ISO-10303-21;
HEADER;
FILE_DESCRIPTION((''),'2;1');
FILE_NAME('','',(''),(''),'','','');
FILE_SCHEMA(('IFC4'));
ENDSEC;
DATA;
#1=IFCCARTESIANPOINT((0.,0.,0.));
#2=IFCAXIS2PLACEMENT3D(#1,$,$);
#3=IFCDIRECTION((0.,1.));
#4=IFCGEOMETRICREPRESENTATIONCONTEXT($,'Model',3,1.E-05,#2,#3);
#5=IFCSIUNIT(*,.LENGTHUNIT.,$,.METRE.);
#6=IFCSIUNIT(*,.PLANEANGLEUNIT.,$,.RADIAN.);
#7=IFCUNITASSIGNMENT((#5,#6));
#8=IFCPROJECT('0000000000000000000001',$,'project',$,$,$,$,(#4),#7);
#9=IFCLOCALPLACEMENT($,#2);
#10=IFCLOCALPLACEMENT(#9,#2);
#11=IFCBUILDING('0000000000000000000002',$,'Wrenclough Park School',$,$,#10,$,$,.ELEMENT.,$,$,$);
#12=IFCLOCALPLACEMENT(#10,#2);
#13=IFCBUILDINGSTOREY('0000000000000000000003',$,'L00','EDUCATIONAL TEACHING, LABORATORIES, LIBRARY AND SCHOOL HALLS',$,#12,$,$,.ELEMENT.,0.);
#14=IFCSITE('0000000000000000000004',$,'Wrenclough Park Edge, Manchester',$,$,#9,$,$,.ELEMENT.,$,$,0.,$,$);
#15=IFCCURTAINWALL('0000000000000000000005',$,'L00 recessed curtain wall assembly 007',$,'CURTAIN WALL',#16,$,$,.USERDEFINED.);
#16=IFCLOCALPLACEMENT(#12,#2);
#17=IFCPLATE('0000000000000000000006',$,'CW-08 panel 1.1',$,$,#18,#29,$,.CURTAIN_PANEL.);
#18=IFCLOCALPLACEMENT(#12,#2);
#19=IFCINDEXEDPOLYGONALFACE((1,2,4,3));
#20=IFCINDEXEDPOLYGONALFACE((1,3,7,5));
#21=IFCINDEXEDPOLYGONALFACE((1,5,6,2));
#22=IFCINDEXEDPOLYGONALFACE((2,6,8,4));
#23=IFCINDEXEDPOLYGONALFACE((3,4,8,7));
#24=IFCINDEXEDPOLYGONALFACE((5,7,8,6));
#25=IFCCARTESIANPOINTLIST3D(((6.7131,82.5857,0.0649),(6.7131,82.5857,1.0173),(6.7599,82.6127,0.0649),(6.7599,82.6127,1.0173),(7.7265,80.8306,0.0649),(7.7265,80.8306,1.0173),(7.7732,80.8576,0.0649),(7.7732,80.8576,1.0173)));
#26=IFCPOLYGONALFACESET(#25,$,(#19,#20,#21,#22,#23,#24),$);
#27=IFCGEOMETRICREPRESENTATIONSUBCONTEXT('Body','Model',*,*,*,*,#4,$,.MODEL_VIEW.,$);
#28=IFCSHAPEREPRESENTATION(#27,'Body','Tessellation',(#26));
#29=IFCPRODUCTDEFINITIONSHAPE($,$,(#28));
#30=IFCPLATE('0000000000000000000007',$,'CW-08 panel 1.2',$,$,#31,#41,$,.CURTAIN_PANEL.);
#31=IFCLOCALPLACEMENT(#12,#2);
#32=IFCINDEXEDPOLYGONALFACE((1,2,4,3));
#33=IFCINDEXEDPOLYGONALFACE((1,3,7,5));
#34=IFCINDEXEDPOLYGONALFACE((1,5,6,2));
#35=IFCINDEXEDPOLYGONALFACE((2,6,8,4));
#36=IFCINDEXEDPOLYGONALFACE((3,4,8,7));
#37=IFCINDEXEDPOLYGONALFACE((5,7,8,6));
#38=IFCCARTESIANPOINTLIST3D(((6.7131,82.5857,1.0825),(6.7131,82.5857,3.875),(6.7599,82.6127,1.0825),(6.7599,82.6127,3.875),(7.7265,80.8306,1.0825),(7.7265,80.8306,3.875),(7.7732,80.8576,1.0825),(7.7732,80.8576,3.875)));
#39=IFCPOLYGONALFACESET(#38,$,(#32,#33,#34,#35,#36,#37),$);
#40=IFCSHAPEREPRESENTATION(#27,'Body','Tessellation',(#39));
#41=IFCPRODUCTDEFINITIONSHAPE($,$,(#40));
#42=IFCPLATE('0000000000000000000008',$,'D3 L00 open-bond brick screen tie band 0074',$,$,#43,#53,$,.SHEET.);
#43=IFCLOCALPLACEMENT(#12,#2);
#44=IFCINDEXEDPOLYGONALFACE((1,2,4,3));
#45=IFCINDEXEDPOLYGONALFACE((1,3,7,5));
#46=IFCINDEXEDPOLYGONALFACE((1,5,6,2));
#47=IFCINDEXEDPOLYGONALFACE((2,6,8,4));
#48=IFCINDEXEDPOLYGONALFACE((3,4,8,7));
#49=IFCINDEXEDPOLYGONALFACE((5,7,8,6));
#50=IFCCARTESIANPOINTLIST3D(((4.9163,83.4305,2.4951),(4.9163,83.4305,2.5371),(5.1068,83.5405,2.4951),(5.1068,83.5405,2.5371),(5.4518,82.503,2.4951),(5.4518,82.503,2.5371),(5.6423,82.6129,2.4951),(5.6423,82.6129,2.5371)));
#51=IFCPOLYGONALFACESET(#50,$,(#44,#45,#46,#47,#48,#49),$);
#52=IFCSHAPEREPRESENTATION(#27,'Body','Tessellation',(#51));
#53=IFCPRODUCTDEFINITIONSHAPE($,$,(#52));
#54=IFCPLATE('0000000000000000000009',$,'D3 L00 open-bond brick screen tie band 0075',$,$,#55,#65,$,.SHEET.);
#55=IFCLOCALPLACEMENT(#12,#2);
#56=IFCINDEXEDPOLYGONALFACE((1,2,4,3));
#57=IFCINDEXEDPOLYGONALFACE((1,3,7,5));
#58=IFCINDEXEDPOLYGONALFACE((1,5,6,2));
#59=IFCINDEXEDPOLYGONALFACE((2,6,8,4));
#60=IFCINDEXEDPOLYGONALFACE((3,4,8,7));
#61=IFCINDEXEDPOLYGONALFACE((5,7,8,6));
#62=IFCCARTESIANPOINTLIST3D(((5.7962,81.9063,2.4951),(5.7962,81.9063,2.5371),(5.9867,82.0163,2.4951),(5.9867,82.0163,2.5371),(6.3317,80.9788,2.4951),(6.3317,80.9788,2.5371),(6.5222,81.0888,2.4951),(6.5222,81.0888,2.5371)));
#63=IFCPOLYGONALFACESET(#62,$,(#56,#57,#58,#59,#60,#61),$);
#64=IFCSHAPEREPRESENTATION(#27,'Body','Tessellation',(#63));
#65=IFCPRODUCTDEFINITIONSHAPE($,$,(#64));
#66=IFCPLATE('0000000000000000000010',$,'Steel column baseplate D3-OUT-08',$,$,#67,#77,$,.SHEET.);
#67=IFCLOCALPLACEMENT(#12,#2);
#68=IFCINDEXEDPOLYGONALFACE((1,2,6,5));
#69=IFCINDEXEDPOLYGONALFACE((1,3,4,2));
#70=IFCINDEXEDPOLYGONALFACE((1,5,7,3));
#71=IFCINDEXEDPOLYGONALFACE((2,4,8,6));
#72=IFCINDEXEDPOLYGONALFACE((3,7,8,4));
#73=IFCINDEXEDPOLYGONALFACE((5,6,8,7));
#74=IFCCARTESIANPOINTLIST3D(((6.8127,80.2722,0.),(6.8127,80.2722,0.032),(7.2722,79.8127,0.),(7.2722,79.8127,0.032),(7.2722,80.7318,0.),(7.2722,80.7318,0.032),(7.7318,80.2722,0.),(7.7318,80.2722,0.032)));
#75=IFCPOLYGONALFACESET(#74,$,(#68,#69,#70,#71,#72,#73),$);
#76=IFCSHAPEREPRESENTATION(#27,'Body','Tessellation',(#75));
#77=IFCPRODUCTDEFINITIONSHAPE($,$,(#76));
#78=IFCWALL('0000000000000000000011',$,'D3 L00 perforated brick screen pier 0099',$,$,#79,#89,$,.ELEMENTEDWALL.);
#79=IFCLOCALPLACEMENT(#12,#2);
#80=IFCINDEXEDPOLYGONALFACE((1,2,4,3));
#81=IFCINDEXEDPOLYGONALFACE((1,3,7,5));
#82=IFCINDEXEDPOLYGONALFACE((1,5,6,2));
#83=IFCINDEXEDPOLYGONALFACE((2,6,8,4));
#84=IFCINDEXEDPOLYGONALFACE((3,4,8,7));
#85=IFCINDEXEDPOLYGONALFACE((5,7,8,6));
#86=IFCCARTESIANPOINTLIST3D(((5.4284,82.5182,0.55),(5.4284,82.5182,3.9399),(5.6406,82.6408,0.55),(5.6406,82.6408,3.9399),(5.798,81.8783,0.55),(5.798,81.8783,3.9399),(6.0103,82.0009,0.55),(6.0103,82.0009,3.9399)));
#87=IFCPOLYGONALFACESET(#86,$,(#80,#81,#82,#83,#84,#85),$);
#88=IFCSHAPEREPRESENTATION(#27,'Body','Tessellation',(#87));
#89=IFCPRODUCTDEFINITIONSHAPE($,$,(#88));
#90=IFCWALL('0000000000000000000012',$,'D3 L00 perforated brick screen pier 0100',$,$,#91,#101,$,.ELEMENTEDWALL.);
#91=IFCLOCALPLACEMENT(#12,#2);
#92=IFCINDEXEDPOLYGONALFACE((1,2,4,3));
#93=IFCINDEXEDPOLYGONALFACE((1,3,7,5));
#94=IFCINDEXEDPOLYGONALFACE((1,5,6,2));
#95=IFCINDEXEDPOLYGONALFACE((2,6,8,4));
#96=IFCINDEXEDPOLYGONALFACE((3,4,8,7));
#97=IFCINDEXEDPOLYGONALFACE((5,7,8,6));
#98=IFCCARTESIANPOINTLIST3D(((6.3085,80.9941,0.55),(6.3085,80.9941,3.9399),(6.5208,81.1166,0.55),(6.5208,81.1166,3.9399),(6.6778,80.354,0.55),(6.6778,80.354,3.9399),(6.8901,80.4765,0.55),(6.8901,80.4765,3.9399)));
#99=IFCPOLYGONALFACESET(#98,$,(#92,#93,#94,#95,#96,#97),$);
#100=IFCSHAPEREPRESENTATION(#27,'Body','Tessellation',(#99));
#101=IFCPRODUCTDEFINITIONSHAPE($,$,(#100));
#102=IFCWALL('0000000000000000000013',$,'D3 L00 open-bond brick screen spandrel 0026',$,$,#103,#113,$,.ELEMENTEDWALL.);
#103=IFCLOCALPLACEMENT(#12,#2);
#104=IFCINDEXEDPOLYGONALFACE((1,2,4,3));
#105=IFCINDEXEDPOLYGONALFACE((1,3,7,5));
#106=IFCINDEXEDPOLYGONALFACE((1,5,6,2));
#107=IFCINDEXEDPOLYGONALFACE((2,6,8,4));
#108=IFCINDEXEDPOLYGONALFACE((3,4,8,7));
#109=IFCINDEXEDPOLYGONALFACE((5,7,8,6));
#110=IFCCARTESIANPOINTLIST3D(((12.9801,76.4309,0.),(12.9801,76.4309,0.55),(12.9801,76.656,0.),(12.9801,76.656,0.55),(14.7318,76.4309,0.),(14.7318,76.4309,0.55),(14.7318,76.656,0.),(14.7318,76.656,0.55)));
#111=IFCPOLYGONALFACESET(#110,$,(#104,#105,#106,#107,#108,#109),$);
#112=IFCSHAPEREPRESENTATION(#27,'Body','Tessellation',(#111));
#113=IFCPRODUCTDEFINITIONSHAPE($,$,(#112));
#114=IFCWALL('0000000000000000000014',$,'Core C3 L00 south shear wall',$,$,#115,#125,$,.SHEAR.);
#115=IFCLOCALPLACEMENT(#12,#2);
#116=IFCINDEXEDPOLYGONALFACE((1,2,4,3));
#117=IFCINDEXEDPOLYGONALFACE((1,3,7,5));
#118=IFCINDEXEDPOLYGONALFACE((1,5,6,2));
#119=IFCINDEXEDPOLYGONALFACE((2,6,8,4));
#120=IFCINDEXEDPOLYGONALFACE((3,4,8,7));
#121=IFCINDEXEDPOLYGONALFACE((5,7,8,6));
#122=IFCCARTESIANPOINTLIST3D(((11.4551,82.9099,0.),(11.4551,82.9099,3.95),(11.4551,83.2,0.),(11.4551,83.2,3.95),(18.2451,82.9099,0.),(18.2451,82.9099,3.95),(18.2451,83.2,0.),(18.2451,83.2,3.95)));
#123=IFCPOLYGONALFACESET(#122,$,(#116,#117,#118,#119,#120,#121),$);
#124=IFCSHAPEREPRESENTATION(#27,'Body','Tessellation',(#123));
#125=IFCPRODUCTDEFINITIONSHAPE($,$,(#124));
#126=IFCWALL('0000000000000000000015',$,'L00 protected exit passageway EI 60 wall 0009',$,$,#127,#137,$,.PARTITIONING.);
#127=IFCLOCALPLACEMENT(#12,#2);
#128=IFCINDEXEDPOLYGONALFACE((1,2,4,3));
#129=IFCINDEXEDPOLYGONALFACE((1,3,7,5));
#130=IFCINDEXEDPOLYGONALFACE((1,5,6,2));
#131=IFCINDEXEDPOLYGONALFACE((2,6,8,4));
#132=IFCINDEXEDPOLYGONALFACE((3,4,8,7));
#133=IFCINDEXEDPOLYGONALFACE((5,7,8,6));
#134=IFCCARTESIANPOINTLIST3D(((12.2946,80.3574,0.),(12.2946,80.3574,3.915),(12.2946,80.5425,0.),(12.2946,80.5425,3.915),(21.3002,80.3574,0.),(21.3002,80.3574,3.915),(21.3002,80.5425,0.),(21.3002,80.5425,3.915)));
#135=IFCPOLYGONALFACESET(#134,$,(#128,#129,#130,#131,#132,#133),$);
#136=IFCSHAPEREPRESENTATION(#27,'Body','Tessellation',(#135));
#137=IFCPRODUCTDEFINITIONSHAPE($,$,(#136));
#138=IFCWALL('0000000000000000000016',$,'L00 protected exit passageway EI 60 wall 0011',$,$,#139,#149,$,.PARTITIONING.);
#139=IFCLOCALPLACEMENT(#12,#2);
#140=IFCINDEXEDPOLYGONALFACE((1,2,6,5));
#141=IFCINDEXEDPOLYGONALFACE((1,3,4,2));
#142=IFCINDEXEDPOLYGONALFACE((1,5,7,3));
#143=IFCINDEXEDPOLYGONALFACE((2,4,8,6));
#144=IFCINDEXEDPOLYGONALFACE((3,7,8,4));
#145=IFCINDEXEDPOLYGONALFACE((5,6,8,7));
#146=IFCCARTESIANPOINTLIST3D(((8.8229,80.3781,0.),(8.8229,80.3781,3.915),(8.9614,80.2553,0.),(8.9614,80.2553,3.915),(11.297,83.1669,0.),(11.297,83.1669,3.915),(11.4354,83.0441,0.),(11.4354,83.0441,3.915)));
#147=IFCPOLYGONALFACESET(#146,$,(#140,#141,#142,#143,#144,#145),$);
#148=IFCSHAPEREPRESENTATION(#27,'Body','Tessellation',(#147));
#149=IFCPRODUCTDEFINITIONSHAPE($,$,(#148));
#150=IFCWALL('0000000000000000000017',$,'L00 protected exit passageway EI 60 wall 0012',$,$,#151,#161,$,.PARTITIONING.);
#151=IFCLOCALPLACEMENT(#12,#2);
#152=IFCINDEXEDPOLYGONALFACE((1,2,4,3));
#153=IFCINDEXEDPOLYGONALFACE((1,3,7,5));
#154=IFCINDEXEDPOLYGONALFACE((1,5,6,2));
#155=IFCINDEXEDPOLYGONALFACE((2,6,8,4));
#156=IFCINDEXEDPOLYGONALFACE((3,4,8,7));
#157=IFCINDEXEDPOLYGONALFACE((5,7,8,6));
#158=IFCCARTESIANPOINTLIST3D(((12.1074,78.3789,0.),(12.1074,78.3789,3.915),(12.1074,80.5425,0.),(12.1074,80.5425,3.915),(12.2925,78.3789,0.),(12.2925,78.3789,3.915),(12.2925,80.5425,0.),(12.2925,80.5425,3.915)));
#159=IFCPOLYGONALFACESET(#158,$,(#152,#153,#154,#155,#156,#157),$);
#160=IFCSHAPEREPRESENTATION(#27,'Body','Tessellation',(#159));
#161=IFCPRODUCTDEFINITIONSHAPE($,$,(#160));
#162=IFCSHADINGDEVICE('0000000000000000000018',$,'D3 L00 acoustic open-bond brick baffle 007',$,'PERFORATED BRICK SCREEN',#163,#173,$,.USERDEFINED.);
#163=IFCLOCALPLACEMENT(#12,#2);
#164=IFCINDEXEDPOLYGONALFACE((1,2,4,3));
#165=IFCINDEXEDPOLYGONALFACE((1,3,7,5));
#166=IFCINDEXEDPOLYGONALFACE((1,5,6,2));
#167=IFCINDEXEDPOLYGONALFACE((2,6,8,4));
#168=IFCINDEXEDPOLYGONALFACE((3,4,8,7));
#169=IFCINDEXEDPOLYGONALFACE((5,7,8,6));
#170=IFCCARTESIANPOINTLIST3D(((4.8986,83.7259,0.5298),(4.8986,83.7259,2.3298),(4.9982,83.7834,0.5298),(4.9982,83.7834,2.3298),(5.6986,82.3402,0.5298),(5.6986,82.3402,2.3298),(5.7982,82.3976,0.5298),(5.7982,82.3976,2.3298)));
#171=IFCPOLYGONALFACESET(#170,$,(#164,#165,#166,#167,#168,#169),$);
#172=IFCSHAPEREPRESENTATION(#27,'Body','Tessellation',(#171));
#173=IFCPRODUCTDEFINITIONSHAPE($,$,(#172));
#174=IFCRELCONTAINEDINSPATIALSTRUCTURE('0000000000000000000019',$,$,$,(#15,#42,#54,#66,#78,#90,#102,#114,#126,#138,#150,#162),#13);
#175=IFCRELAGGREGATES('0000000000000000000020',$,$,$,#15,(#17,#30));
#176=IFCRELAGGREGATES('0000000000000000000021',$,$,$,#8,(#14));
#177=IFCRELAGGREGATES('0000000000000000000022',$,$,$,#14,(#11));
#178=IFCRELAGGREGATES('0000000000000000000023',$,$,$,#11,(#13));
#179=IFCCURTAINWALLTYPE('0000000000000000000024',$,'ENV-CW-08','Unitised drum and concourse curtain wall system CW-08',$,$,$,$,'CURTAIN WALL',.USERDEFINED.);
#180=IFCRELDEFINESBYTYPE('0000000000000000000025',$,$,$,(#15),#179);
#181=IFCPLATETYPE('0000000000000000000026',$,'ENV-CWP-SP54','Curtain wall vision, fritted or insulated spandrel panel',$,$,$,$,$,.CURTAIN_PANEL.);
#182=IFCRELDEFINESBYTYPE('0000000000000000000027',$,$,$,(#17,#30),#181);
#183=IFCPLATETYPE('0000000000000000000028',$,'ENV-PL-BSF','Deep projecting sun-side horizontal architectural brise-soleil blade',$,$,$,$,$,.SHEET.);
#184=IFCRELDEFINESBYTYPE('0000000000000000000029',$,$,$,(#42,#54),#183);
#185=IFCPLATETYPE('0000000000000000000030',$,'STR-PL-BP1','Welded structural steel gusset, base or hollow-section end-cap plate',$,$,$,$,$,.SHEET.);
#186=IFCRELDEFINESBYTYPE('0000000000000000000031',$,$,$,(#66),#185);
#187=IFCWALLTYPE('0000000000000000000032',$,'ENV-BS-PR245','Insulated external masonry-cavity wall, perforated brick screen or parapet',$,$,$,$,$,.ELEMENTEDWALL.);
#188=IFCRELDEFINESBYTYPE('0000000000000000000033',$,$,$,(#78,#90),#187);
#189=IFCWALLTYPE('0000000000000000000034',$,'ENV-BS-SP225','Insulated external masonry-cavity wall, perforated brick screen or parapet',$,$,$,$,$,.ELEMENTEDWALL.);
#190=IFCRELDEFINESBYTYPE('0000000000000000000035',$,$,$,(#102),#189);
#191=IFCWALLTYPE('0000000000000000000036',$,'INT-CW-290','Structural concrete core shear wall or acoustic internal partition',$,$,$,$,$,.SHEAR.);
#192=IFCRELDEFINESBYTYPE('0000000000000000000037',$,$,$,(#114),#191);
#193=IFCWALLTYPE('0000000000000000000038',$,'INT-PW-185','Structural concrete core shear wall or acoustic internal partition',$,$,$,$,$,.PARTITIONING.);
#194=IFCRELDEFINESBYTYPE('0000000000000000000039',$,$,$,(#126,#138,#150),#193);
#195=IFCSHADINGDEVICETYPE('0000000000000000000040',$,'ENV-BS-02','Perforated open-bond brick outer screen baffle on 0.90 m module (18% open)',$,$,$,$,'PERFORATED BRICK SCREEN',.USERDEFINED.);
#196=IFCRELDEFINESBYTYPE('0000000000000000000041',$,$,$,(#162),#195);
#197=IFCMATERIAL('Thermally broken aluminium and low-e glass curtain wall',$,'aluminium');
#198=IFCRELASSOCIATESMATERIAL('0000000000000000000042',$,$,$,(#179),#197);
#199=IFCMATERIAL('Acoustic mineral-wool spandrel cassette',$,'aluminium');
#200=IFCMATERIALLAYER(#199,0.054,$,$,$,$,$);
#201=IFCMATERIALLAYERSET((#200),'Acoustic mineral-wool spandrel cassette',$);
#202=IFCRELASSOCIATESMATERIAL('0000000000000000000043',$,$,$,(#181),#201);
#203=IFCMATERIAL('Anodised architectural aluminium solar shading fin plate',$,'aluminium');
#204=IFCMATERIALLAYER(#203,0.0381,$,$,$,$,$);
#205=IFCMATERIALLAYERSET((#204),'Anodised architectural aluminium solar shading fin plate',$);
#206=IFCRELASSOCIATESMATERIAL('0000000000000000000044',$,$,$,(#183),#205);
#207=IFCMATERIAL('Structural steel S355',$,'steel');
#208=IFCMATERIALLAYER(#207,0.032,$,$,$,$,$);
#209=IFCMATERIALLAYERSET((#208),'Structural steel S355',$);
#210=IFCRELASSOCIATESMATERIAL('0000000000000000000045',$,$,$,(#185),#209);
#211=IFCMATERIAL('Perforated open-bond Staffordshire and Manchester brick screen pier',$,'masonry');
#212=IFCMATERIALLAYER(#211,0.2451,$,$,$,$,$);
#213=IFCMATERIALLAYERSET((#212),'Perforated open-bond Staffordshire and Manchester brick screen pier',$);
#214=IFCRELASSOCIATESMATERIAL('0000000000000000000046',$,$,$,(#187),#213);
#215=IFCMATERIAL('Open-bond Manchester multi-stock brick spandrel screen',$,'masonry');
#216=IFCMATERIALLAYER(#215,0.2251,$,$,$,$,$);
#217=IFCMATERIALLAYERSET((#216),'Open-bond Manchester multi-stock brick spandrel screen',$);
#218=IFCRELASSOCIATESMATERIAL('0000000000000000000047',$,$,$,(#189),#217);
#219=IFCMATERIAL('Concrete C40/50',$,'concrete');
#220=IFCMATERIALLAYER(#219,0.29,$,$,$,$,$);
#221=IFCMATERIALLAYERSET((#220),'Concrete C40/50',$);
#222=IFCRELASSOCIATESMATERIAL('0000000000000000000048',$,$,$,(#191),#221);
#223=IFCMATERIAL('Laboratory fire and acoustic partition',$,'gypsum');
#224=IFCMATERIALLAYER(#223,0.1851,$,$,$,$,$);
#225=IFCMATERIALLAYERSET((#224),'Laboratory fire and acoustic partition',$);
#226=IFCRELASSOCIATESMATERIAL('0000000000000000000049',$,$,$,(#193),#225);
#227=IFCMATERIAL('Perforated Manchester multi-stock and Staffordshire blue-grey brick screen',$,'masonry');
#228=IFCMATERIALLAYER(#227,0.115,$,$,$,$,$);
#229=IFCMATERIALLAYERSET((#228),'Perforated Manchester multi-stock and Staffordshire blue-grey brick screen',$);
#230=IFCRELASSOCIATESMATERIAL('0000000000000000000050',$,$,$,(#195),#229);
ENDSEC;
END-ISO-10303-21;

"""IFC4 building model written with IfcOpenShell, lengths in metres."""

from ifc_helpers import new_model, si_unit, direction, frame, frame_2d, origin, origin_2d, place, context, subcontext, project, spatial, rectangle, extrude, material, layer, layer_set, type_object, element, aggregate, save


model = new_model("IFC4")

# Units and contexts
model_context = context("Model", 3, precision=1e-05, world=origin(), true_north=direction((0.0, 1.0)))
body_context = subcontext(model_context, "Body", "Model", "MODEL_VIEW")
ifc_project = project(units=[si_unit("LENGTHUNIT", "METRE"), si_unit("PLANEANGLEUNIT", "RADIAN")], contexts=[model_context])

# Site, building, storey
site_placement = place(None, origin())
site = spatial("IfcSite", under=ifc_project, at=site_placement, Name="Wrenclough Park Edge, Manchester", CompositionType="ELEMENT", RefElevation=0.0)
building_placement = place(site_placement, origin())
building = spatial("IfcBuilding", under=site, at=building_placement, Name="Wrenclough Park School", CompositionType="ELEMENT")
storey_placement = place(building_placement, origin())
storey = spatial("IfcBuildingStorey", under=building, at=storey_placement, Name="L00", Description="EDUCATIONAL TEACHING, LABORATORIES, LIBRARY AND SCHOOL HALLS", CompositionType="ELEMENT", Elevation=0.0)

# Shared definitions
ifc_material_1 = material(Name="Structural steel S355", Category="steel")

# Curtain wall
ifc_material_2 = material(Name="Thermally broken aluminium and low-e glass curtain wall", Category="aluminium")
curtain_wall_type = type_object("IfcCurtainWallType", Name="ENV-CW-08", Description="Unitised drum and concourse curtain wall system CW-08", ElementType="CURTAIN WALL", PredefinedType="USERDEFINED", material=ifc_material_2)
curtain_wall_placement = place(storey_placement, origin())
curtain_wall = element("IfcCurtainWall", 1, at=curtain_wall_placement, inside=storey, type_object=curtain_wall_type, Name="L00 recessed curtain wall assembly 007", ObjectType="CURTAIN WALL", PredefinedType="USERDEFINED")

# Plates
ifc_material_3 = material(Name="Acoustic mineral-wool spandrel cassette", Category="aluminium")
ifc_layer_1 = layer(ifc_material_3, 0.054)
ifc_layer_set_1 = layer_set([ifc_layer_1], Name="Acoustic mineral-wool spandrel cassette")
plate_type_1 = type_object("IfcPlateType", Name="ENV-CWP-SP54", Description="Curtain wall vision, fritted or insulated spandrel panel", PredefinedType="CURTAIN_PANEL", material=ifc_layer_set_1)
plate_1_placement = place(storey_placement, frame((7.2432, 81.7217, 0.0649), z_axis=(0.0, 0.0, 1.0), x_axis=(-0.499999, 0.866026, 0.0)))
plate_1 = element("IfcPlate", 2, at=plate_1_placement, type_object=plate_type_1, Name="CW-08 panel 1.1", PredefinedType="CURTAIN_PANEL", context=body_context, shape_type="SweptSolid", body=[
    extrude(rectangle(XDim=2.0266, YDim=0.054, at=origin_2d()), origin(), (0.0, 0.0, 1.0), 0.9524),
])
plate_2_placement = place(storey_placement, frame((7.2432, 81.7217, 1.0825), z_axis=(0.0, 0.0, 1.0), x_axis=(-0.499999, 0.866026, 0.0)))
plate_2 = element("IfcPlate", 3, at=plate_2_placement, type_object=plate_type_1, Name="CW-08 panel 1.2", PredefinedType="CURTAIN_PANEL", context=body_context, shape_type="SweptSolid", body=[
    extrude(rectangle(XDim=2.0266, YDim=0.054, at=origin_2d()), origin(), (0.0, 0.0, 1.0), 2.7925),
])
aggregate(curtain_wall, [plate_1, plate_2])

# Plates
ifc_material_4 = material(Name="Anodised architectural aluminium solar shading fin plate", Category="aluminium")
ifc_layer_2 = layer(ifc_material_4, 0.0381)
ifc_layer_set_2 = layer_set([ifc_layer_2], Name="Anodised architectural aluminium solar shading fin plate")
plate_type_2 = type_object("IfcPlateType", Name="ENV-PL-BSF", Description="Deep projecting sun-side horizontal architectural brise-soleil blade", PredefinedType="SHEET", material=ifc_layer_set_2)
for number, where, z_axis, x_axis, name in (
    (4, (5.2793, 83.0217, 2.4951), (0.0, 0.0, 1.0), (0.499991, -0.866031, 0.0), "D3 L00 open-bond brick screen tie band 0074"),
    (5, (6.1592, 81.4976, 2.4951), (0.0, 0.0, 1.0), (0.499991, -0.866031, 0.0), "D3 L00 open-bond brick screen tie band 0075"),
):
    element("IfcPlate", number, at=place(storey_placement, frame(where, z_axis=z_axis, x_axis=x_axis)), inside=storey, type_object=plate_type_2, Name=name, PredefinedType="SHEET", context=body_context, shape_type="SweptSolid", body=[
        extrude(rectangle(XDim=1.071, YDim=0.22, at=origin_2d()), origin(), (0.0, 0.0, 1.0), 0.042),
    ])
ifc_layer_3 = layer(ifc_material_1, 0.032)
ifc_layer_set_3 = layer_set([ifc_layer_3], Name="Structural steel S355")
plate_type_3 = type_object("IfcPlateType", Name="STR-PL-BP1", Description="Welded structural steel gusset, base or hollow-section end-cap plate", PredefinedType="SHEET", material=ifc_layer_set_3)
plate_3_placement = place(storey_placement, frame((7.2722, 80.2722, 0.0), z_axis=(0.0, 0.0, 1.0), x_axis=(0.707107, -0.707107, 0.0)))
element("IfcPlate", 6, at=plate_3_placement, inside=storey, type_object=plate_type_3, Name="Steel column baseplate D3-OUT-08", PredefinedType="SHEET", context=body_context, shape_type="SweptSolid", body=[
    extrude(rectangle(XDim=0.6499, YDim=0.6499, at=origin_2d()), origin(), (0.0, 0.0, 1.0), 0.032),
])

# Walls
ifc_material_5 = material(Name="Perforated open-bond Staffordshire and Manchester brick screen pier", Category="masonry")
ifc_layer_4 = layer(ifc_material_5, 0.2451)
ifc_layer_set_4 = layer_set([ifc_layer_4], Name="Perforated open-bond Staffordshire and Manchester brick screen pier")
wall_type_1 = type_object("IfcWallType", Name="ENV-BS-PR245", Description="Insulated external masonry-cavity wall, perforated brick screen or parapet", PredefinedType="ELEMENTEDWALL", material=ifc_layer_set_4)
for number, where, z_axis, x_axis, name in (
    (7, (5.5344, 82.5796, 0.55), (0.0, 0.0, 1.0), (0.50019, -0.865916, 0.0), "D3 L00 perforated brick screen pier 0099"),
    (8, (6.4146, 81.0554, 0.55), (0.0, 0.0, 1.0), (0.499799, -0.866142, 0.0), "D3 L00 perforated brick screen pier 0100"),
):
    element("IfcWall", number, at=place(storey_placement, frame(where, z_axis=z_axis, x_axis=x_axis)), inside=storey, type_object=wall_type_1, Name=name, PredefinedType="ELEMENTEDWALL", context=body_context, shape_type="SweptSolid", body=[
        extrude(rectangle(XDim=0.739, YDim=0.2451, at=frame_2d((0.3696, 0.0))), origin(), (0.0, 0.0, 1.0), 3.3899),
    ])
ifc_material_6 = material(Name="Open-bond Manchester multi-stock brick spandrel screen", Category="masonry")
ifc_layer_5 = layer(ifc_material_6, 0.2251)
ifc_layer_set_5 = layer_set([ifc_layer_5], Name="Open-bond Manchester multi-stock brick spandrel screen")
wall_type_2 = type_object("IfcWallType", Name="ENV-BS-SP225", Description="Insulated external masonry-cavity wall, perforated brick screen or parapet", PredefinedType="ELEMENTEDWALL", material=ifc_layer_set_5)
wall_1_placement = place(storey_placement, frame((12.98, 76.5435, 0.0), z_axis=(0.0, 0.0, 1.0), x_axis=(1.0, 0.0, 0.0)))
element("IfcWall", 9, at=wall_1_placement, inside=storey, type_object=wall_type_2, Name="D3 L00 open-bond brick screen spandrel 0026", PredefinedType="ELEMENTEDWALL", context=body_context, shape_type="SweptSolid", body=[
    extrude(rectangle(XDim=1.7517, YDim=0.2251, at=frame_2d((0.876, 0.0))), origin(), (0.0, 0.0, 1.0), 0.55),
])
ifc_material_7 = material(Name="Concrete C40/50", Category="concrete")
ifc_layer_6 = layer(ifc_material_7, 0.29)
ifc_layer_set_6 = layer_set([ifc_layer_6], Name="Concrete C40/50")
wall_type_3 = type_object("IfcWallType", Name="INT-CW-290", Description="Structural concrete core shear wall or acoustic internal partition", PredefinedType="SHEAR", material=ifc_layer_set_6)
wall_2_placement = place(storey_placement, frame((11.4551, 83.0549, 0.0), z_axis=(0.0, 0.0, 1.0), x_axis=(1.0, 0.0, 0.0)))
element("IfcWall", 10, at=wall_2_placement, inside=storey, type_object=wall_type_3, Name="Core C3 L00 south shear wall", PredefinedType="SHEAR", context=body_context, shape_type="SweptSolid", body=[
    extrude(rectangle(XDim=6.79, YDim=0.29, at=frame_2d((3.395, 0.0))), origin(), (0.0, 0.0, 1.0), 3.95),
])
ifc_material_8 = material(Name="Laboratory fire and acoustic partition", Category="gypsum")
ifc_layer_7 = layer(ifc_material_8, 0.1851)
ifc_layer_set_7 = layer_set([ifc_layer_7], Name="Laboratory fire and acoustic partition")
wall_type_4 = type_object("IfcWallType", Name="INT-PW-185", Description="Structural concrete core shear wall or acoustic internal partition", PredefinedType="PARTITIONING", material=ifc_layer_set_7)
wall_3_placement = place(storey_placement, frame((12.2944, 80.45, 0.0), z_axis=(0.0, 0.0, 1.0), x_axis=(1.0, 0.0, 0.0)))
element("IfcWall", 11, at=wall_3_placement, inside=storey, type_object=wall_type_4, Name="L00 protected exit passageway EI 60 wall 0009", PredefinedType="PARTITIONING", context=body_context, shape_type="SweptSolid", body=[
    extrude(rectangle(XDim=9.0056, YDim=0.1851, at=frame_2d((4.5029, 0.0))), origin(), (0.0, 0.0, 1.0), 3.915),
])
wall_4_placement = place(storey_placement, frame((11.3662, 83.1055, 0.0), z_axis=(0.0, 0.0, 1.0), x_axis=(-0.66364, -0.748052, 0.0)))
element("IfcWall", 12, at=wall_4_placement, inside=storey, type_object=wall_type_4, Name="L00 protected exit passageway EI 60 wall 0011", PredefinedType="PARTITIONING", context=body_context, shape_type="SweptSolid", body=[
    extrude(rectangle(XDim=3.728, YDim=0.1851, at=frame_2d((1.864, 0.0))), origin(), (0.0, 0.0, 1.0), 3.915),
])
wall_5_placement = place(storey_placement, frame((12.2, 78.3789, 0.0), z_axis=(0.0, 0.0, 1.0), x_axis=(0.0, 1.0, 0.0)))
element("IfcWall", 13, at=wall_5_placement, inside=storey, type_object=wall_type_4, Name="L00 protected exit passageway EI 60 wall 0012", PredefinedType="PARTITIONING", context=body_context, shape_type="SweptSolid", body=[
    extrude(rectangle(XDim=2.1636, YDim=0.1851, at=frame_2d((1.0818, 0.0))), origin(), (0.0, 0.0, 1.0), 3.915),
])

# Shading device
ifc_material_9 = material(Name="Perforated Manchester multi-stock and Staffordshire blue-grey brick screen", Category="masonry")
ifc_layer_8 = layer(ifc_material_9, 0.115)
ifc_layer_set_8 = layer_set([ifc_layer_8], Name="Perforated Manchester multi-stock and Staffordshire blue-grey brick screen")
shading_device_type = type_object("IfcShadingDeviceType", Name="ENV-BS-02", Description="Perforated open-bond brick outer screen baffle on 0.90 m module (18% open)", ElementType="PERFORATED BRICK SCREEN", PredefinedType="USERDEFINED", material=ifc_layer_set_8)
shading_device_placement = place(storey_placement, frame((5.3484, 83.0618, 0.5298), z_axis=(0.0, 0.0, 1.0), x_axis=(0.499991, -0.866031, 0.0)))
element("IfcShadingDevice", 14, at=shading_device_placement, inside=storey, type_object=shading_device_type, Name="D3 L00 acoustic open-bond brick baffle 007", ObjectType="PERFORATED BRICK SCREEN", PredefinedType="USERDEFINED", context=body_context, shape_type="SweptSolid", body=[
    extrude(rectangle(XDim=1.6001, YDim=0.115, at=origin_2d()), origin(), (0.0, 0.0, 1.0), 1.8),
])

save(model, "model.ifc")
